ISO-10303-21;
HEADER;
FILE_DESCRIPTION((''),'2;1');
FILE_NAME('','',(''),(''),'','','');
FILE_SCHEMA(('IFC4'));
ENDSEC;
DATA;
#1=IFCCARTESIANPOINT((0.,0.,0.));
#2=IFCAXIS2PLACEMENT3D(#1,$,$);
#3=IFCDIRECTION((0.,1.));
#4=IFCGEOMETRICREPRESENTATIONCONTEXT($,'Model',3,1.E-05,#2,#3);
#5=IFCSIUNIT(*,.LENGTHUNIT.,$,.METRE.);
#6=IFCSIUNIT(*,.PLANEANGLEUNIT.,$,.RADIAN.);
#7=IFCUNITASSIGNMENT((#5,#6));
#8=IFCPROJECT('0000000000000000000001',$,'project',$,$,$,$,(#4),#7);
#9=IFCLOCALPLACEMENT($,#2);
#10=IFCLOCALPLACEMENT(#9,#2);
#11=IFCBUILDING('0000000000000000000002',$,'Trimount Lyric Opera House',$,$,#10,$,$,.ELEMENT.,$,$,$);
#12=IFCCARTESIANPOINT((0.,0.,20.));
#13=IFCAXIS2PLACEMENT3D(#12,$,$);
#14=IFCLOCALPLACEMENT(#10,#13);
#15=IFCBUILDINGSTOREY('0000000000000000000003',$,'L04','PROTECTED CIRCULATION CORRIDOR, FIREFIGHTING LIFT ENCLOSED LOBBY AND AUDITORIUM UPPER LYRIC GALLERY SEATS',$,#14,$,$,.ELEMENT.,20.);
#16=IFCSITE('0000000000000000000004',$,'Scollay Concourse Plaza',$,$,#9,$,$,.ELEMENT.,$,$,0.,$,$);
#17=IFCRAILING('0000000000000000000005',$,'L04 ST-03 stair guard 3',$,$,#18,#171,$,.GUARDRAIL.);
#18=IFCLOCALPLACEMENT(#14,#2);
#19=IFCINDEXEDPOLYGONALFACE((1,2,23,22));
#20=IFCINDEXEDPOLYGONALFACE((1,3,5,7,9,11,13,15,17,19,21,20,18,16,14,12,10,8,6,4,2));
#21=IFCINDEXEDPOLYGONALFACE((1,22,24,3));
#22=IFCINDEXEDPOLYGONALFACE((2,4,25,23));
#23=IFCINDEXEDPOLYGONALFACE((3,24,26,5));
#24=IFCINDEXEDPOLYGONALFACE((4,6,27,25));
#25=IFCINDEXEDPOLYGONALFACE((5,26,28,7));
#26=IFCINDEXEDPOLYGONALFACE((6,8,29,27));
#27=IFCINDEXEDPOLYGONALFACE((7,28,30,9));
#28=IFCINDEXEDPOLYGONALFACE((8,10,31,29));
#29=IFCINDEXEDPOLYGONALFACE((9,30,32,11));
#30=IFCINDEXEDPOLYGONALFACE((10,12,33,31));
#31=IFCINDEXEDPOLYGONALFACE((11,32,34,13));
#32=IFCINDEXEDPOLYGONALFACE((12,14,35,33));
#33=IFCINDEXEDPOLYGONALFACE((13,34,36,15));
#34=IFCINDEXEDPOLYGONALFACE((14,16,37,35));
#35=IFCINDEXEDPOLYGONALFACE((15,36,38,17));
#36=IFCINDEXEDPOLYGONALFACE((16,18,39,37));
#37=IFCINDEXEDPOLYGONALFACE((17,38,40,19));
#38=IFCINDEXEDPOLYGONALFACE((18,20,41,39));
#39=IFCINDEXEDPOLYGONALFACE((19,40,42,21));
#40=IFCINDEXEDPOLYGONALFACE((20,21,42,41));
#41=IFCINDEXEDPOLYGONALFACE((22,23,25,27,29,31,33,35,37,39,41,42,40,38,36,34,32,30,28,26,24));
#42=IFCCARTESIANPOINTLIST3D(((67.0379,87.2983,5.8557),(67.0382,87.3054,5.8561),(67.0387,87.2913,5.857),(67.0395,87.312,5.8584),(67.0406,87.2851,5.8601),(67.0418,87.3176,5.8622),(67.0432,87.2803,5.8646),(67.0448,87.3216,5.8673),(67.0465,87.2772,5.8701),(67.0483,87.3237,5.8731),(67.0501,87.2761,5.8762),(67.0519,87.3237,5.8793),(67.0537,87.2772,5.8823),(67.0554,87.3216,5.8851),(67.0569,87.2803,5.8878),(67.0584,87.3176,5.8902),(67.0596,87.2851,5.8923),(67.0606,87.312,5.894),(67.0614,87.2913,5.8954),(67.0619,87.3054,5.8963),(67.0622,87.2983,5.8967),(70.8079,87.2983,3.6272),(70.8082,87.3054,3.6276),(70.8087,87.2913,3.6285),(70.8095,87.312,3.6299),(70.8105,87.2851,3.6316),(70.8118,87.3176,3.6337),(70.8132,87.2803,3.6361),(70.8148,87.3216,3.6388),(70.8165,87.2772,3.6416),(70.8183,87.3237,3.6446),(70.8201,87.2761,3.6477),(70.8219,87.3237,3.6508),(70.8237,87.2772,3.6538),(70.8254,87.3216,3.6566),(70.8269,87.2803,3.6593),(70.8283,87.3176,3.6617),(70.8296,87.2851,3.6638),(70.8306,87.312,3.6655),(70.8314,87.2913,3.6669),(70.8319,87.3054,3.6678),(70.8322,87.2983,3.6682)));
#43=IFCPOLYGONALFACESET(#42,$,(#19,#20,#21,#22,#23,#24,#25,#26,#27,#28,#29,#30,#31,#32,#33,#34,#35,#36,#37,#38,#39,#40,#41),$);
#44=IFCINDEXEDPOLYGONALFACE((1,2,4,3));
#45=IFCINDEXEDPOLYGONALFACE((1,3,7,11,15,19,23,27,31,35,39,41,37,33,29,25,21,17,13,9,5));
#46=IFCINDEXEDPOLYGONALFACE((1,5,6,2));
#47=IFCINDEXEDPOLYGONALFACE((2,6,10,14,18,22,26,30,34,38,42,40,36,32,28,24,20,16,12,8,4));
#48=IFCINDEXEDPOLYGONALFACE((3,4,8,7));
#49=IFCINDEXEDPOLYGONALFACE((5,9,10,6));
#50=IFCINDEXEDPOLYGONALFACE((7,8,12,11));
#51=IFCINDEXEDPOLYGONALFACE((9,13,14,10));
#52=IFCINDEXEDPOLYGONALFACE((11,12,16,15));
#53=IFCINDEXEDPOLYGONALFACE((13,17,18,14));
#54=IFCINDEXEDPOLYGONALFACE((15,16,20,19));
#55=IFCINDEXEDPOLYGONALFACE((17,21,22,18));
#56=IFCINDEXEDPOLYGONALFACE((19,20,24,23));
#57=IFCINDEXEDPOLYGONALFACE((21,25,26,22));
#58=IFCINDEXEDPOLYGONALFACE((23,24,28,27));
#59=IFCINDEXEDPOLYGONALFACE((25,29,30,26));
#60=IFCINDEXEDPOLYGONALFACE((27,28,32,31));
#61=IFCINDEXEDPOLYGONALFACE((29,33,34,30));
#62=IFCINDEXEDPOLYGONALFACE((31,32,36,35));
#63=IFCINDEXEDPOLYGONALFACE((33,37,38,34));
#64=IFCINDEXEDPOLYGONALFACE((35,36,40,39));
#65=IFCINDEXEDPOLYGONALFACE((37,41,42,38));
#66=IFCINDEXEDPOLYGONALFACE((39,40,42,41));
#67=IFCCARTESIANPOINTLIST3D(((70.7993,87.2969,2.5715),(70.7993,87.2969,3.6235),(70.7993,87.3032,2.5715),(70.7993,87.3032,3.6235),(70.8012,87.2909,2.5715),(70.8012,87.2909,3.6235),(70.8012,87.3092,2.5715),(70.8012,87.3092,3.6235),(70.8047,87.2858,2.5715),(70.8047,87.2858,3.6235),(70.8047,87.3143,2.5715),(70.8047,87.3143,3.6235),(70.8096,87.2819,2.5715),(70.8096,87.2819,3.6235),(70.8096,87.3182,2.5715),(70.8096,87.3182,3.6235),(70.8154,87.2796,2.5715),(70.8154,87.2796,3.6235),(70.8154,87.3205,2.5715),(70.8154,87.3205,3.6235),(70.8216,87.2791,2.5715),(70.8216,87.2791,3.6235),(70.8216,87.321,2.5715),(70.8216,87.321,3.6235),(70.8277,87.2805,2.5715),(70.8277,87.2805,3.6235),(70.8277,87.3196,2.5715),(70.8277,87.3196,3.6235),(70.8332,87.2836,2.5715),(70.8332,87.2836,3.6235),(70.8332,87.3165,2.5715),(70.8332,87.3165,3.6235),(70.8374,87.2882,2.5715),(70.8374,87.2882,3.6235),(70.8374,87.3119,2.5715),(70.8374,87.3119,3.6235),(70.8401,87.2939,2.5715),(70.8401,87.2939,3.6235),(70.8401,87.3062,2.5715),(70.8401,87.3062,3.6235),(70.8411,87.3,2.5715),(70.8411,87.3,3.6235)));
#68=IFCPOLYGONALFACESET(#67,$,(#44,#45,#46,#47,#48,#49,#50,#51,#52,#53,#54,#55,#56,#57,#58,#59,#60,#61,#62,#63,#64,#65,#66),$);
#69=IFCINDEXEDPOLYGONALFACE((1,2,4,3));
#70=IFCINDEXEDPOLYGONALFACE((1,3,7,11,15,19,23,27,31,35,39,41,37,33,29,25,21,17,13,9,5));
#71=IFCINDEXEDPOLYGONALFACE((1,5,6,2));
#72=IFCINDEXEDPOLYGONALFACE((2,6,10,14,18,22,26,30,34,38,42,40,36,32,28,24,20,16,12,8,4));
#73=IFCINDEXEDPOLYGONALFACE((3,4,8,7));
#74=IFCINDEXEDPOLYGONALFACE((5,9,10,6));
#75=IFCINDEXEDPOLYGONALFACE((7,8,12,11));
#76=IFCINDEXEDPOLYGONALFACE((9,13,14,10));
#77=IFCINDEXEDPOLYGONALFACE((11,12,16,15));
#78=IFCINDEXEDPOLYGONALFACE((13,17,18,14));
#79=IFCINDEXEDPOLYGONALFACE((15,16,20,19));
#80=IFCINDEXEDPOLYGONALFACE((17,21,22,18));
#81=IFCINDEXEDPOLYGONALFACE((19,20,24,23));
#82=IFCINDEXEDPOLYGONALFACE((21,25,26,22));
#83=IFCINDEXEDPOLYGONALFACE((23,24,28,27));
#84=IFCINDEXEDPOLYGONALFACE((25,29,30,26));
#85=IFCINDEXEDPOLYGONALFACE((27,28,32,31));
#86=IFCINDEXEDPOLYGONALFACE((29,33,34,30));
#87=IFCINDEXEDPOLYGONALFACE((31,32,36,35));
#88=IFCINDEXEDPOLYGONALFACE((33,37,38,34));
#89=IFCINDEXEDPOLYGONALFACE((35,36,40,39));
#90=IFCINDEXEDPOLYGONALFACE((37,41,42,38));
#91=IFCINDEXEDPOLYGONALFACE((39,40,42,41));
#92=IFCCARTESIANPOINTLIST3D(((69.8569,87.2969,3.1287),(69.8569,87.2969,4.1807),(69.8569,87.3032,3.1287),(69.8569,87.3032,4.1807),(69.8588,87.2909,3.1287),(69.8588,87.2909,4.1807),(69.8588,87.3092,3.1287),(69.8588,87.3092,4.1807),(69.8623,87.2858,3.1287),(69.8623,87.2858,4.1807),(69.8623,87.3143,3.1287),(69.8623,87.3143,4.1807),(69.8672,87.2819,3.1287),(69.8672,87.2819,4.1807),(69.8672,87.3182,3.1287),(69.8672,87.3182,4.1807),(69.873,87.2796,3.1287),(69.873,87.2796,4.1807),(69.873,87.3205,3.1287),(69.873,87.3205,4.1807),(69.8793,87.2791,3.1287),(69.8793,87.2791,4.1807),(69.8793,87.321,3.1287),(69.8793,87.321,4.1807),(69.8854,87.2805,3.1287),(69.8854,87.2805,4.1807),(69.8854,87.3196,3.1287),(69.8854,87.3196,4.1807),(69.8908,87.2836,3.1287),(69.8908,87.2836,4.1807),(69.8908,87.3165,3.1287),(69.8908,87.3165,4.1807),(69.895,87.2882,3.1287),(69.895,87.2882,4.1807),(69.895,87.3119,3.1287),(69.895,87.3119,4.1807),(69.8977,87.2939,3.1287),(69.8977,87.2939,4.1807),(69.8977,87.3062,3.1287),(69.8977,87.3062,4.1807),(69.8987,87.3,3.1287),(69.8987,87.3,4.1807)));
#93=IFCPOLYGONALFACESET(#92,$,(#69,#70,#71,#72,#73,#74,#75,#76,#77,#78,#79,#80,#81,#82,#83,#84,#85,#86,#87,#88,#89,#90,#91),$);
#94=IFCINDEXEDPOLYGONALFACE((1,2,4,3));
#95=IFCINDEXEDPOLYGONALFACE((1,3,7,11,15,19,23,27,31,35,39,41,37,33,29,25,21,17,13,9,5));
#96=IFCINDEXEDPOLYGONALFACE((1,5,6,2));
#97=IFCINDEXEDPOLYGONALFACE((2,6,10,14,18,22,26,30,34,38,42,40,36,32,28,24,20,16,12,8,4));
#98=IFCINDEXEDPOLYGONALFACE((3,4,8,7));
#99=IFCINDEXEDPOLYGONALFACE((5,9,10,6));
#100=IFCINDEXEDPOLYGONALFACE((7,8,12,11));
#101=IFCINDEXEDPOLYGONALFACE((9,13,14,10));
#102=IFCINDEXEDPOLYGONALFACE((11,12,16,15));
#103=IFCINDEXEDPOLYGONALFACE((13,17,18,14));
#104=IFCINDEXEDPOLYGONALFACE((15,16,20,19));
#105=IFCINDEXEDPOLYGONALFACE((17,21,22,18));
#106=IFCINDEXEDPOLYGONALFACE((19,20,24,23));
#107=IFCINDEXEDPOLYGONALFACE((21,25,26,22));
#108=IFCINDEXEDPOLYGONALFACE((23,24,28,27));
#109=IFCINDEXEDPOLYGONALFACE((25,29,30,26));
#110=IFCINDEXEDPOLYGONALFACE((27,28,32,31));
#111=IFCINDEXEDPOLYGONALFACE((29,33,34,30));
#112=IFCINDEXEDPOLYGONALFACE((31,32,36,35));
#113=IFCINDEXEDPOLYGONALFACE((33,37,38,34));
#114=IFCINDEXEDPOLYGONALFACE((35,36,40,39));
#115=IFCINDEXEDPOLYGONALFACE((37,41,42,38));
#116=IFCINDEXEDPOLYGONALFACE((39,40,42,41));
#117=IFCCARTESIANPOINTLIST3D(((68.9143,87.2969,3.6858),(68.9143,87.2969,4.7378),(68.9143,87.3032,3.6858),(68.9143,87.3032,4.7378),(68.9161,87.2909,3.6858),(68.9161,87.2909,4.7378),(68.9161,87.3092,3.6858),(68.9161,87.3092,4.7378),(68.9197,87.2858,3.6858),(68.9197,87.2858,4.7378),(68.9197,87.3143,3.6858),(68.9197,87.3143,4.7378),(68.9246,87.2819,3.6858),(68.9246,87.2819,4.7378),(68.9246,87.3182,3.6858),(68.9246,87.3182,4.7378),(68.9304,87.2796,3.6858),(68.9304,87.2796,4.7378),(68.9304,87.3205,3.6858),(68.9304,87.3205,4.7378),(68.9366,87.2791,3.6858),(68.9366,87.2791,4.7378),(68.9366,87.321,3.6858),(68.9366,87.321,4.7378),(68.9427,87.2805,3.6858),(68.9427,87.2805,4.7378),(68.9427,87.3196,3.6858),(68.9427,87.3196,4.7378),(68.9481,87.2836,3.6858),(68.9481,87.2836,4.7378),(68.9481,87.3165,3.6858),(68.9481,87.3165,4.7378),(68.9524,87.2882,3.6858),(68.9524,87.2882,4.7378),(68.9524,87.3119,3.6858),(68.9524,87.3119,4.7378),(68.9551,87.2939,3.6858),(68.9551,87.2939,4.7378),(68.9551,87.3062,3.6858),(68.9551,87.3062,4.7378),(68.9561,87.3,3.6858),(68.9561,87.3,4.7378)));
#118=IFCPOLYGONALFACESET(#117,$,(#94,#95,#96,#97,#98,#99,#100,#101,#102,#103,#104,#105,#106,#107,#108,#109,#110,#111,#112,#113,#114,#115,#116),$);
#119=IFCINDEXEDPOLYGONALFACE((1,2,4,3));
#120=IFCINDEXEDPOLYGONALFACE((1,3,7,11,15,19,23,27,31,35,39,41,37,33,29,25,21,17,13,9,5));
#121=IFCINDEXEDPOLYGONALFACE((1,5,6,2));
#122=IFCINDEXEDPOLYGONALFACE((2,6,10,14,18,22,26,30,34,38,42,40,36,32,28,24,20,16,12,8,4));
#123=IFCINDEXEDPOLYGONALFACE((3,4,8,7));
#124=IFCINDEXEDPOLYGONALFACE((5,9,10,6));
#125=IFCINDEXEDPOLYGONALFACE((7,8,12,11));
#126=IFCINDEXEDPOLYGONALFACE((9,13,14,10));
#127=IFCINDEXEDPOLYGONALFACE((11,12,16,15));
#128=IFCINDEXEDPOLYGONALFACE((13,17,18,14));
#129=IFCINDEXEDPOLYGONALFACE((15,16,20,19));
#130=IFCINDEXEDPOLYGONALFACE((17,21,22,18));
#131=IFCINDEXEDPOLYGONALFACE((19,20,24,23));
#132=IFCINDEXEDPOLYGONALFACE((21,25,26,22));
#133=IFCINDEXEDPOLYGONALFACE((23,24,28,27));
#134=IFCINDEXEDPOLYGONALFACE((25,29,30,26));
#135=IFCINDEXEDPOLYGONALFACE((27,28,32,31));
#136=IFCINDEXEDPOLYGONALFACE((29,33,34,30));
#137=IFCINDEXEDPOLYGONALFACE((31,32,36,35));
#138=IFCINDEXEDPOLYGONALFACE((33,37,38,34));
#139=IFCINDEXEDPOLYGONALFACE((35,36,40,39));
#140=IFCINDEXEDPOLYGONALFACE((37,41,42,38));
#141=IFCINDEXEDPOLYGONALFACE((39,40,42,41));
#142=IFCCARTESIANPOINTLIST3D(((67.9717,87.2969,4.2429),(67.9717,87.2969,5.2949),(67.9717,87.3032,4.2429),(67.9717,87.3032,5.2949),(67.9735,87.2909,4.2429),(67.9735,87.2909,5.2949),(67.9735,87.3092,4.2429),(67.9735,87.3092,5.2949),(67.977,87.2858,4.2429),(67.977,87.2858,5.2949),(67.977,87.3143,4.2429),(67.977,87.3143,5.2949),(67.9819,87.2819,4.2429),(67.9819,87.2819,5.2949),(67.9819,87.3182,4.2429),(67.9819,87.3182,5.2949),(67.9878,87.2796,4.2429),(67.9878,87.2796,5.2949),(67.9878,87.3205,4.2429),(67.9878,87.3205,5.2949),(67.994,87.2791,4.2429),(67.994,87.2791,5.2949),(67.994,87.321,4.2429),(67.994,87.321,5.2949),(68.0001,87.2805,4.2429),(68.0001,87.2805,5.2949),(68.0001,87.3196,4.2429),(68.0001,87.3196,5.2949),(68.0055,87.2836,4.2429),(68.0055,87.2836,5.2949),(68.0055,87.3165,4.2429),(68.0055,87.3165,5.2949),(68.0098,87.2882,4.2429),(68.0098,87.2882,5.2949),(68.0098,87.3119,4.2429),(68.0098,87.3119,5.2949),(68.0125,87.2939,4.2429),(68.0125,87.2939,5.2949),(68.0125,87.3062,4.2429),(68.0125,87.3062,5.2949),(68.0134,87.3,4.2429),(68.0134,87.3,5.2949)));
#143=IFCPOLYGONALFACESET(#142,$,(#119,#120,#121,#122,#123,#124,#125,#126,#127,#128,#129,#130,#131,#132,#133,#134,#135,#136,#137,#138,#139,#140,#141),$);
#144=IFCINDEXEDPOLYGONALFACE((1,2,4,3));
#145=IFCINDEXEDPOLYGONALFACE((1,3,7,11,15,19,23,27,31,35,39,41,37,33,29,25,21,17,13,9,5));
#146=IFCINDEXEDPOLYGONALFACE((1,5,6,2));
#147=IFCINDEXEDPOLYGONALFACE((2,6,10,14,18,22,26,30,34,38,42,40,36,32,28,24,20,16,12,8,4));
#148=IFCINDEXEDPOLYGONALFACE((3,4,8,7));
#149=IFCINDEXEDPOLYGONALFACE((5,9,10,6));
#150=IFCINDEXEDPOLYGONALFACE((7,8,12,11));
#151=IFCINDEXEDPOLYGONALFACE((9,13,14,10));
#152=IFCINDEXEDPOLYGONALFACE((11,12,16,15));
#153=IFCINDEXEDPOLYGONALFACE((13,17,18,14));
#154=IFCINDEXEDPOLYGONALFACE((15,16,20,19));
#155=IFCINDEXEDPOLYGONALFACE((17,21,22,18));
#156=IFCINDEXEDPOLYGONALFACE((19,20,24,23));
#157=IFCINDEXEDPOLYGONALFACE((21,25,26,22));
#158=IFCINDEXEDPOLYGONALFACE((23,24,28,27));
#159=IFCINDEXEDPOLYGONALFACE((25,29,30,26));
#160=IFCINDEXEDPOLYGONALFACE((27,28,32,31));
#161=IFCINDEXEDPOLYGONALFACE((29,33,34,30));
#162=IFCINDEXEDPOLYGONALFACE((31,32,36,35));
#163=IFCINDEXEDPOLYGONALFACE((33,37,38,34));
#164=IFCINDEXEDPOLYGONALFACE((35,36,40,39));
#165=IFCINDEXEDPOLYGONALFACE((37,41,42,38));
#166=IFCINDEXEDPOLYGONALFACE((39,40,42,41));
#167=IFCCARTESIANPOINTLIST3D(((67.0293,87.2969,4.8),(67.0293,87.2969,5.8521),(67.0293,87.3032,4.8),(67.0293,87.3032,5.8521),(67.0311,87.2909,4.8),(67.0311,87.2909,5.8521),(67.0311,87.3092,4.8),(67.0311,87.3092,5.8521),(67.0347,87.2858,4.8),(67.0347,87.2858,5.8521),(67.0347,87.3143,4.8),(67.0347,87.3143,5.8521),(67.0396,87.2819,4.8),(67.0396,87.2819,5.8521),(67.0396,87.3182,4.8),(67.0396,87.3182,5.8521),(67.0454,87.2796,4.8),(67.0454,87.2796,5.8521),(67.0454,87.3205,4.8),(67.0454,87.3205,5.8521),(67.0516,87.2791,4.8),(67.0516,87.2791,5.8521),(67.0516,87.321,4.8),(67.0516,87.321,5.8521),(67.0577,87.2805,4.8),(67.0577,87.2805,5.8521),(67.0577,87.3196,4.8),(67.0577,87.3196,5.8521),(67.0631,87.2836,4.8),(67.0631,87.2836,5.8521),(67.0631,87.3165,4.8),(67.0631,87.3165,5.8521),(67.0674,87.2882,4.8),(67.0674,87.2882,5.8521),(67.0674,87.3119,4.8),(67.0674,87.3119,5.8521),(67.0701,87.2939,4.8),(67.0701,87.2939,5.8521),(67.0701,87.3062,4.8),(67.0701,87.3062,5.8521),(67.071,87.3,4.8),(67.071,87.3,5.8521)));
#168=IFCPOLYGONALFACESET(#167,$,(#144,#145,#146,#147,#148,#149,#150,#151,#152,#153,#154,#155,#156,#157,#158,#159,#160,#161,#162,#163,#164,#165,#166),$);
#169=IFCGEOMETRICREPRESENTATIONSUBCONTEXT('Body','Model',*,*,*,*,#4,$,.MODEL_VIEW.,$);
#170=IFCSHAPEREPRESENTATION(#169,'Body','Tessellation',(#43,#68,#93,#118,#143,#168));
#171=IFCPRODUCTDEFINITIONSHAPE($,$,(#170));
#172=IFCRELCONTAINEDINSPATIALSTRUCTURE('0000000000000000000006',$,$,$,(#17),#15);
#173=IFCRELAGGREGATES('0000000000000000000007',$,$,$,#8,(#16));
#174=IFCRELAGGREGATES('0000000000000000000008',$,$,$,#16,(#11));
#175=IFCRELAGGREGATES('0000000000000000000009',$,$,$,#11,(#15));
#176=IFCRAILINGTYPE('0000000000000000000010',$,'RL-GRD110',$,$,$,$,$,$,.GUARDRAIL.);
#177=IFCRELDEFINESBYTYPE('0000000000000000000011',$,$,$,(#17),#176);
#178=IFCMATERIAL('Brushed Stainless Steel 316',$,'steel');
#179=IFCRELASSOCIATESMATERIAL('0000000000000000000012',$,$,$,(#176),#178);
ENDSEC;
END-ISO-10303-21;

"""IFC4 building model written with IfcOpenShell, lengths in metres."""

from ifc_helpers import new_model, si_unit, direction, frame, origin, origin_2d, place, context, subcontext, project, spatial, circle, extrude, material, type_object, element, save


model = new_model("IFC4")

# Units and contexts
model_context = context("Model", 3, precision=1e-05, world=origin(), true_north=direction((0.0, 1.0)))
body_context = subcontext(model_context, "Body", "Model", "MODEL_VIEW")
ifc_project = project(units=[si_unit("LENGTHUNIT", "METRE"), si_unit("PLANEANGLEUNIT", "RADIAN")], contexts=[model_context])

# Site, building, storey
site_placement = place(None, origin())
site = spatial("IfcSite", under=ifc_project, at=site_placement, Name="Scollay Concourse Plaza", CompositionType="ELEMENT", RefElevation=0.0)
building_placement = place(site_placement, origin())
building = spatial("IfcBuilding", under=site, at=building_placement, Name="Trimount Lyric Opera House", CompositionType="ELEMENT")
storey_placement = place(building_placement, frame((0.0, 0.0, 20.0)))
storey = spatial("IfcBuildingStorey", under=building, at=storey_placement, Name="L04", Description="PROTECTED CIRCULATION CORRIDOR, FIREFIGHTING LIFT ENCLOSED LOBBY AND AUDITORIUM UPPER LYRIC GALLERY SEATS", CompositionType="ELEMENT", Elevation=20.0)

# Railing
ifc_material_1 = material(Name="Brushed Stainless Steel 316", Category="steel")
railing_type_1 = type_object("IfcRailingType", Name="RL-GRD110", PredefinedType="GUARDRAIL", material=ifc_material_1)
railing_1_placement = place(storey_placement, frame((70.8201, 87.3, 2.5715)))
element("IfcRailing", 1, at=railing_1_placement, inside=storey, type_object=railing_type_1, Name="L04 ST-03 stair guard 3", PredefinedType="GUARDRAIL", context=body_context, shape_type="SweptSolid", body=[
    extrude(circle(Radius=0.0239, at=origin_2d()), frame((0.0, 0.0, 1.0762), z_axis=(-0.860849, 0.0, 0.508861), x_axis=(0.0, -1.0, 0.0)), (0.0, 0.0, 1.0), 4.3794),
    extrude(circle(Radius=0.021, at=origin_2d()), origin(), (0.0, 0.0, 1.0), 1.052),
    extrude(circle(Radius=0.021, at=origin_2d()), frame((-0.9424, 0.0, 0.5571)), (0.0, 0.0, 1.0), 1.052),
    extrude(circle(Radius=0.021, at=origin_2d()), frame((-1.885, 0.0, 1.1143)), (0.0, 0.0, 1.0), 1.052),
    extrude(circle(Radius=0.021, at=origin_2d()), frame((-2.8276, 0.0, 1.6714)), (0.0, 0.0, 1.0), 1.052),
    extrude(circle(Radius=0.021, at=origin_2d()), frame((-3.77, 0.0, 2.2285)), (0.0, 0.0, 1.0), 1.052),
])

save(model, "model.ifc")
